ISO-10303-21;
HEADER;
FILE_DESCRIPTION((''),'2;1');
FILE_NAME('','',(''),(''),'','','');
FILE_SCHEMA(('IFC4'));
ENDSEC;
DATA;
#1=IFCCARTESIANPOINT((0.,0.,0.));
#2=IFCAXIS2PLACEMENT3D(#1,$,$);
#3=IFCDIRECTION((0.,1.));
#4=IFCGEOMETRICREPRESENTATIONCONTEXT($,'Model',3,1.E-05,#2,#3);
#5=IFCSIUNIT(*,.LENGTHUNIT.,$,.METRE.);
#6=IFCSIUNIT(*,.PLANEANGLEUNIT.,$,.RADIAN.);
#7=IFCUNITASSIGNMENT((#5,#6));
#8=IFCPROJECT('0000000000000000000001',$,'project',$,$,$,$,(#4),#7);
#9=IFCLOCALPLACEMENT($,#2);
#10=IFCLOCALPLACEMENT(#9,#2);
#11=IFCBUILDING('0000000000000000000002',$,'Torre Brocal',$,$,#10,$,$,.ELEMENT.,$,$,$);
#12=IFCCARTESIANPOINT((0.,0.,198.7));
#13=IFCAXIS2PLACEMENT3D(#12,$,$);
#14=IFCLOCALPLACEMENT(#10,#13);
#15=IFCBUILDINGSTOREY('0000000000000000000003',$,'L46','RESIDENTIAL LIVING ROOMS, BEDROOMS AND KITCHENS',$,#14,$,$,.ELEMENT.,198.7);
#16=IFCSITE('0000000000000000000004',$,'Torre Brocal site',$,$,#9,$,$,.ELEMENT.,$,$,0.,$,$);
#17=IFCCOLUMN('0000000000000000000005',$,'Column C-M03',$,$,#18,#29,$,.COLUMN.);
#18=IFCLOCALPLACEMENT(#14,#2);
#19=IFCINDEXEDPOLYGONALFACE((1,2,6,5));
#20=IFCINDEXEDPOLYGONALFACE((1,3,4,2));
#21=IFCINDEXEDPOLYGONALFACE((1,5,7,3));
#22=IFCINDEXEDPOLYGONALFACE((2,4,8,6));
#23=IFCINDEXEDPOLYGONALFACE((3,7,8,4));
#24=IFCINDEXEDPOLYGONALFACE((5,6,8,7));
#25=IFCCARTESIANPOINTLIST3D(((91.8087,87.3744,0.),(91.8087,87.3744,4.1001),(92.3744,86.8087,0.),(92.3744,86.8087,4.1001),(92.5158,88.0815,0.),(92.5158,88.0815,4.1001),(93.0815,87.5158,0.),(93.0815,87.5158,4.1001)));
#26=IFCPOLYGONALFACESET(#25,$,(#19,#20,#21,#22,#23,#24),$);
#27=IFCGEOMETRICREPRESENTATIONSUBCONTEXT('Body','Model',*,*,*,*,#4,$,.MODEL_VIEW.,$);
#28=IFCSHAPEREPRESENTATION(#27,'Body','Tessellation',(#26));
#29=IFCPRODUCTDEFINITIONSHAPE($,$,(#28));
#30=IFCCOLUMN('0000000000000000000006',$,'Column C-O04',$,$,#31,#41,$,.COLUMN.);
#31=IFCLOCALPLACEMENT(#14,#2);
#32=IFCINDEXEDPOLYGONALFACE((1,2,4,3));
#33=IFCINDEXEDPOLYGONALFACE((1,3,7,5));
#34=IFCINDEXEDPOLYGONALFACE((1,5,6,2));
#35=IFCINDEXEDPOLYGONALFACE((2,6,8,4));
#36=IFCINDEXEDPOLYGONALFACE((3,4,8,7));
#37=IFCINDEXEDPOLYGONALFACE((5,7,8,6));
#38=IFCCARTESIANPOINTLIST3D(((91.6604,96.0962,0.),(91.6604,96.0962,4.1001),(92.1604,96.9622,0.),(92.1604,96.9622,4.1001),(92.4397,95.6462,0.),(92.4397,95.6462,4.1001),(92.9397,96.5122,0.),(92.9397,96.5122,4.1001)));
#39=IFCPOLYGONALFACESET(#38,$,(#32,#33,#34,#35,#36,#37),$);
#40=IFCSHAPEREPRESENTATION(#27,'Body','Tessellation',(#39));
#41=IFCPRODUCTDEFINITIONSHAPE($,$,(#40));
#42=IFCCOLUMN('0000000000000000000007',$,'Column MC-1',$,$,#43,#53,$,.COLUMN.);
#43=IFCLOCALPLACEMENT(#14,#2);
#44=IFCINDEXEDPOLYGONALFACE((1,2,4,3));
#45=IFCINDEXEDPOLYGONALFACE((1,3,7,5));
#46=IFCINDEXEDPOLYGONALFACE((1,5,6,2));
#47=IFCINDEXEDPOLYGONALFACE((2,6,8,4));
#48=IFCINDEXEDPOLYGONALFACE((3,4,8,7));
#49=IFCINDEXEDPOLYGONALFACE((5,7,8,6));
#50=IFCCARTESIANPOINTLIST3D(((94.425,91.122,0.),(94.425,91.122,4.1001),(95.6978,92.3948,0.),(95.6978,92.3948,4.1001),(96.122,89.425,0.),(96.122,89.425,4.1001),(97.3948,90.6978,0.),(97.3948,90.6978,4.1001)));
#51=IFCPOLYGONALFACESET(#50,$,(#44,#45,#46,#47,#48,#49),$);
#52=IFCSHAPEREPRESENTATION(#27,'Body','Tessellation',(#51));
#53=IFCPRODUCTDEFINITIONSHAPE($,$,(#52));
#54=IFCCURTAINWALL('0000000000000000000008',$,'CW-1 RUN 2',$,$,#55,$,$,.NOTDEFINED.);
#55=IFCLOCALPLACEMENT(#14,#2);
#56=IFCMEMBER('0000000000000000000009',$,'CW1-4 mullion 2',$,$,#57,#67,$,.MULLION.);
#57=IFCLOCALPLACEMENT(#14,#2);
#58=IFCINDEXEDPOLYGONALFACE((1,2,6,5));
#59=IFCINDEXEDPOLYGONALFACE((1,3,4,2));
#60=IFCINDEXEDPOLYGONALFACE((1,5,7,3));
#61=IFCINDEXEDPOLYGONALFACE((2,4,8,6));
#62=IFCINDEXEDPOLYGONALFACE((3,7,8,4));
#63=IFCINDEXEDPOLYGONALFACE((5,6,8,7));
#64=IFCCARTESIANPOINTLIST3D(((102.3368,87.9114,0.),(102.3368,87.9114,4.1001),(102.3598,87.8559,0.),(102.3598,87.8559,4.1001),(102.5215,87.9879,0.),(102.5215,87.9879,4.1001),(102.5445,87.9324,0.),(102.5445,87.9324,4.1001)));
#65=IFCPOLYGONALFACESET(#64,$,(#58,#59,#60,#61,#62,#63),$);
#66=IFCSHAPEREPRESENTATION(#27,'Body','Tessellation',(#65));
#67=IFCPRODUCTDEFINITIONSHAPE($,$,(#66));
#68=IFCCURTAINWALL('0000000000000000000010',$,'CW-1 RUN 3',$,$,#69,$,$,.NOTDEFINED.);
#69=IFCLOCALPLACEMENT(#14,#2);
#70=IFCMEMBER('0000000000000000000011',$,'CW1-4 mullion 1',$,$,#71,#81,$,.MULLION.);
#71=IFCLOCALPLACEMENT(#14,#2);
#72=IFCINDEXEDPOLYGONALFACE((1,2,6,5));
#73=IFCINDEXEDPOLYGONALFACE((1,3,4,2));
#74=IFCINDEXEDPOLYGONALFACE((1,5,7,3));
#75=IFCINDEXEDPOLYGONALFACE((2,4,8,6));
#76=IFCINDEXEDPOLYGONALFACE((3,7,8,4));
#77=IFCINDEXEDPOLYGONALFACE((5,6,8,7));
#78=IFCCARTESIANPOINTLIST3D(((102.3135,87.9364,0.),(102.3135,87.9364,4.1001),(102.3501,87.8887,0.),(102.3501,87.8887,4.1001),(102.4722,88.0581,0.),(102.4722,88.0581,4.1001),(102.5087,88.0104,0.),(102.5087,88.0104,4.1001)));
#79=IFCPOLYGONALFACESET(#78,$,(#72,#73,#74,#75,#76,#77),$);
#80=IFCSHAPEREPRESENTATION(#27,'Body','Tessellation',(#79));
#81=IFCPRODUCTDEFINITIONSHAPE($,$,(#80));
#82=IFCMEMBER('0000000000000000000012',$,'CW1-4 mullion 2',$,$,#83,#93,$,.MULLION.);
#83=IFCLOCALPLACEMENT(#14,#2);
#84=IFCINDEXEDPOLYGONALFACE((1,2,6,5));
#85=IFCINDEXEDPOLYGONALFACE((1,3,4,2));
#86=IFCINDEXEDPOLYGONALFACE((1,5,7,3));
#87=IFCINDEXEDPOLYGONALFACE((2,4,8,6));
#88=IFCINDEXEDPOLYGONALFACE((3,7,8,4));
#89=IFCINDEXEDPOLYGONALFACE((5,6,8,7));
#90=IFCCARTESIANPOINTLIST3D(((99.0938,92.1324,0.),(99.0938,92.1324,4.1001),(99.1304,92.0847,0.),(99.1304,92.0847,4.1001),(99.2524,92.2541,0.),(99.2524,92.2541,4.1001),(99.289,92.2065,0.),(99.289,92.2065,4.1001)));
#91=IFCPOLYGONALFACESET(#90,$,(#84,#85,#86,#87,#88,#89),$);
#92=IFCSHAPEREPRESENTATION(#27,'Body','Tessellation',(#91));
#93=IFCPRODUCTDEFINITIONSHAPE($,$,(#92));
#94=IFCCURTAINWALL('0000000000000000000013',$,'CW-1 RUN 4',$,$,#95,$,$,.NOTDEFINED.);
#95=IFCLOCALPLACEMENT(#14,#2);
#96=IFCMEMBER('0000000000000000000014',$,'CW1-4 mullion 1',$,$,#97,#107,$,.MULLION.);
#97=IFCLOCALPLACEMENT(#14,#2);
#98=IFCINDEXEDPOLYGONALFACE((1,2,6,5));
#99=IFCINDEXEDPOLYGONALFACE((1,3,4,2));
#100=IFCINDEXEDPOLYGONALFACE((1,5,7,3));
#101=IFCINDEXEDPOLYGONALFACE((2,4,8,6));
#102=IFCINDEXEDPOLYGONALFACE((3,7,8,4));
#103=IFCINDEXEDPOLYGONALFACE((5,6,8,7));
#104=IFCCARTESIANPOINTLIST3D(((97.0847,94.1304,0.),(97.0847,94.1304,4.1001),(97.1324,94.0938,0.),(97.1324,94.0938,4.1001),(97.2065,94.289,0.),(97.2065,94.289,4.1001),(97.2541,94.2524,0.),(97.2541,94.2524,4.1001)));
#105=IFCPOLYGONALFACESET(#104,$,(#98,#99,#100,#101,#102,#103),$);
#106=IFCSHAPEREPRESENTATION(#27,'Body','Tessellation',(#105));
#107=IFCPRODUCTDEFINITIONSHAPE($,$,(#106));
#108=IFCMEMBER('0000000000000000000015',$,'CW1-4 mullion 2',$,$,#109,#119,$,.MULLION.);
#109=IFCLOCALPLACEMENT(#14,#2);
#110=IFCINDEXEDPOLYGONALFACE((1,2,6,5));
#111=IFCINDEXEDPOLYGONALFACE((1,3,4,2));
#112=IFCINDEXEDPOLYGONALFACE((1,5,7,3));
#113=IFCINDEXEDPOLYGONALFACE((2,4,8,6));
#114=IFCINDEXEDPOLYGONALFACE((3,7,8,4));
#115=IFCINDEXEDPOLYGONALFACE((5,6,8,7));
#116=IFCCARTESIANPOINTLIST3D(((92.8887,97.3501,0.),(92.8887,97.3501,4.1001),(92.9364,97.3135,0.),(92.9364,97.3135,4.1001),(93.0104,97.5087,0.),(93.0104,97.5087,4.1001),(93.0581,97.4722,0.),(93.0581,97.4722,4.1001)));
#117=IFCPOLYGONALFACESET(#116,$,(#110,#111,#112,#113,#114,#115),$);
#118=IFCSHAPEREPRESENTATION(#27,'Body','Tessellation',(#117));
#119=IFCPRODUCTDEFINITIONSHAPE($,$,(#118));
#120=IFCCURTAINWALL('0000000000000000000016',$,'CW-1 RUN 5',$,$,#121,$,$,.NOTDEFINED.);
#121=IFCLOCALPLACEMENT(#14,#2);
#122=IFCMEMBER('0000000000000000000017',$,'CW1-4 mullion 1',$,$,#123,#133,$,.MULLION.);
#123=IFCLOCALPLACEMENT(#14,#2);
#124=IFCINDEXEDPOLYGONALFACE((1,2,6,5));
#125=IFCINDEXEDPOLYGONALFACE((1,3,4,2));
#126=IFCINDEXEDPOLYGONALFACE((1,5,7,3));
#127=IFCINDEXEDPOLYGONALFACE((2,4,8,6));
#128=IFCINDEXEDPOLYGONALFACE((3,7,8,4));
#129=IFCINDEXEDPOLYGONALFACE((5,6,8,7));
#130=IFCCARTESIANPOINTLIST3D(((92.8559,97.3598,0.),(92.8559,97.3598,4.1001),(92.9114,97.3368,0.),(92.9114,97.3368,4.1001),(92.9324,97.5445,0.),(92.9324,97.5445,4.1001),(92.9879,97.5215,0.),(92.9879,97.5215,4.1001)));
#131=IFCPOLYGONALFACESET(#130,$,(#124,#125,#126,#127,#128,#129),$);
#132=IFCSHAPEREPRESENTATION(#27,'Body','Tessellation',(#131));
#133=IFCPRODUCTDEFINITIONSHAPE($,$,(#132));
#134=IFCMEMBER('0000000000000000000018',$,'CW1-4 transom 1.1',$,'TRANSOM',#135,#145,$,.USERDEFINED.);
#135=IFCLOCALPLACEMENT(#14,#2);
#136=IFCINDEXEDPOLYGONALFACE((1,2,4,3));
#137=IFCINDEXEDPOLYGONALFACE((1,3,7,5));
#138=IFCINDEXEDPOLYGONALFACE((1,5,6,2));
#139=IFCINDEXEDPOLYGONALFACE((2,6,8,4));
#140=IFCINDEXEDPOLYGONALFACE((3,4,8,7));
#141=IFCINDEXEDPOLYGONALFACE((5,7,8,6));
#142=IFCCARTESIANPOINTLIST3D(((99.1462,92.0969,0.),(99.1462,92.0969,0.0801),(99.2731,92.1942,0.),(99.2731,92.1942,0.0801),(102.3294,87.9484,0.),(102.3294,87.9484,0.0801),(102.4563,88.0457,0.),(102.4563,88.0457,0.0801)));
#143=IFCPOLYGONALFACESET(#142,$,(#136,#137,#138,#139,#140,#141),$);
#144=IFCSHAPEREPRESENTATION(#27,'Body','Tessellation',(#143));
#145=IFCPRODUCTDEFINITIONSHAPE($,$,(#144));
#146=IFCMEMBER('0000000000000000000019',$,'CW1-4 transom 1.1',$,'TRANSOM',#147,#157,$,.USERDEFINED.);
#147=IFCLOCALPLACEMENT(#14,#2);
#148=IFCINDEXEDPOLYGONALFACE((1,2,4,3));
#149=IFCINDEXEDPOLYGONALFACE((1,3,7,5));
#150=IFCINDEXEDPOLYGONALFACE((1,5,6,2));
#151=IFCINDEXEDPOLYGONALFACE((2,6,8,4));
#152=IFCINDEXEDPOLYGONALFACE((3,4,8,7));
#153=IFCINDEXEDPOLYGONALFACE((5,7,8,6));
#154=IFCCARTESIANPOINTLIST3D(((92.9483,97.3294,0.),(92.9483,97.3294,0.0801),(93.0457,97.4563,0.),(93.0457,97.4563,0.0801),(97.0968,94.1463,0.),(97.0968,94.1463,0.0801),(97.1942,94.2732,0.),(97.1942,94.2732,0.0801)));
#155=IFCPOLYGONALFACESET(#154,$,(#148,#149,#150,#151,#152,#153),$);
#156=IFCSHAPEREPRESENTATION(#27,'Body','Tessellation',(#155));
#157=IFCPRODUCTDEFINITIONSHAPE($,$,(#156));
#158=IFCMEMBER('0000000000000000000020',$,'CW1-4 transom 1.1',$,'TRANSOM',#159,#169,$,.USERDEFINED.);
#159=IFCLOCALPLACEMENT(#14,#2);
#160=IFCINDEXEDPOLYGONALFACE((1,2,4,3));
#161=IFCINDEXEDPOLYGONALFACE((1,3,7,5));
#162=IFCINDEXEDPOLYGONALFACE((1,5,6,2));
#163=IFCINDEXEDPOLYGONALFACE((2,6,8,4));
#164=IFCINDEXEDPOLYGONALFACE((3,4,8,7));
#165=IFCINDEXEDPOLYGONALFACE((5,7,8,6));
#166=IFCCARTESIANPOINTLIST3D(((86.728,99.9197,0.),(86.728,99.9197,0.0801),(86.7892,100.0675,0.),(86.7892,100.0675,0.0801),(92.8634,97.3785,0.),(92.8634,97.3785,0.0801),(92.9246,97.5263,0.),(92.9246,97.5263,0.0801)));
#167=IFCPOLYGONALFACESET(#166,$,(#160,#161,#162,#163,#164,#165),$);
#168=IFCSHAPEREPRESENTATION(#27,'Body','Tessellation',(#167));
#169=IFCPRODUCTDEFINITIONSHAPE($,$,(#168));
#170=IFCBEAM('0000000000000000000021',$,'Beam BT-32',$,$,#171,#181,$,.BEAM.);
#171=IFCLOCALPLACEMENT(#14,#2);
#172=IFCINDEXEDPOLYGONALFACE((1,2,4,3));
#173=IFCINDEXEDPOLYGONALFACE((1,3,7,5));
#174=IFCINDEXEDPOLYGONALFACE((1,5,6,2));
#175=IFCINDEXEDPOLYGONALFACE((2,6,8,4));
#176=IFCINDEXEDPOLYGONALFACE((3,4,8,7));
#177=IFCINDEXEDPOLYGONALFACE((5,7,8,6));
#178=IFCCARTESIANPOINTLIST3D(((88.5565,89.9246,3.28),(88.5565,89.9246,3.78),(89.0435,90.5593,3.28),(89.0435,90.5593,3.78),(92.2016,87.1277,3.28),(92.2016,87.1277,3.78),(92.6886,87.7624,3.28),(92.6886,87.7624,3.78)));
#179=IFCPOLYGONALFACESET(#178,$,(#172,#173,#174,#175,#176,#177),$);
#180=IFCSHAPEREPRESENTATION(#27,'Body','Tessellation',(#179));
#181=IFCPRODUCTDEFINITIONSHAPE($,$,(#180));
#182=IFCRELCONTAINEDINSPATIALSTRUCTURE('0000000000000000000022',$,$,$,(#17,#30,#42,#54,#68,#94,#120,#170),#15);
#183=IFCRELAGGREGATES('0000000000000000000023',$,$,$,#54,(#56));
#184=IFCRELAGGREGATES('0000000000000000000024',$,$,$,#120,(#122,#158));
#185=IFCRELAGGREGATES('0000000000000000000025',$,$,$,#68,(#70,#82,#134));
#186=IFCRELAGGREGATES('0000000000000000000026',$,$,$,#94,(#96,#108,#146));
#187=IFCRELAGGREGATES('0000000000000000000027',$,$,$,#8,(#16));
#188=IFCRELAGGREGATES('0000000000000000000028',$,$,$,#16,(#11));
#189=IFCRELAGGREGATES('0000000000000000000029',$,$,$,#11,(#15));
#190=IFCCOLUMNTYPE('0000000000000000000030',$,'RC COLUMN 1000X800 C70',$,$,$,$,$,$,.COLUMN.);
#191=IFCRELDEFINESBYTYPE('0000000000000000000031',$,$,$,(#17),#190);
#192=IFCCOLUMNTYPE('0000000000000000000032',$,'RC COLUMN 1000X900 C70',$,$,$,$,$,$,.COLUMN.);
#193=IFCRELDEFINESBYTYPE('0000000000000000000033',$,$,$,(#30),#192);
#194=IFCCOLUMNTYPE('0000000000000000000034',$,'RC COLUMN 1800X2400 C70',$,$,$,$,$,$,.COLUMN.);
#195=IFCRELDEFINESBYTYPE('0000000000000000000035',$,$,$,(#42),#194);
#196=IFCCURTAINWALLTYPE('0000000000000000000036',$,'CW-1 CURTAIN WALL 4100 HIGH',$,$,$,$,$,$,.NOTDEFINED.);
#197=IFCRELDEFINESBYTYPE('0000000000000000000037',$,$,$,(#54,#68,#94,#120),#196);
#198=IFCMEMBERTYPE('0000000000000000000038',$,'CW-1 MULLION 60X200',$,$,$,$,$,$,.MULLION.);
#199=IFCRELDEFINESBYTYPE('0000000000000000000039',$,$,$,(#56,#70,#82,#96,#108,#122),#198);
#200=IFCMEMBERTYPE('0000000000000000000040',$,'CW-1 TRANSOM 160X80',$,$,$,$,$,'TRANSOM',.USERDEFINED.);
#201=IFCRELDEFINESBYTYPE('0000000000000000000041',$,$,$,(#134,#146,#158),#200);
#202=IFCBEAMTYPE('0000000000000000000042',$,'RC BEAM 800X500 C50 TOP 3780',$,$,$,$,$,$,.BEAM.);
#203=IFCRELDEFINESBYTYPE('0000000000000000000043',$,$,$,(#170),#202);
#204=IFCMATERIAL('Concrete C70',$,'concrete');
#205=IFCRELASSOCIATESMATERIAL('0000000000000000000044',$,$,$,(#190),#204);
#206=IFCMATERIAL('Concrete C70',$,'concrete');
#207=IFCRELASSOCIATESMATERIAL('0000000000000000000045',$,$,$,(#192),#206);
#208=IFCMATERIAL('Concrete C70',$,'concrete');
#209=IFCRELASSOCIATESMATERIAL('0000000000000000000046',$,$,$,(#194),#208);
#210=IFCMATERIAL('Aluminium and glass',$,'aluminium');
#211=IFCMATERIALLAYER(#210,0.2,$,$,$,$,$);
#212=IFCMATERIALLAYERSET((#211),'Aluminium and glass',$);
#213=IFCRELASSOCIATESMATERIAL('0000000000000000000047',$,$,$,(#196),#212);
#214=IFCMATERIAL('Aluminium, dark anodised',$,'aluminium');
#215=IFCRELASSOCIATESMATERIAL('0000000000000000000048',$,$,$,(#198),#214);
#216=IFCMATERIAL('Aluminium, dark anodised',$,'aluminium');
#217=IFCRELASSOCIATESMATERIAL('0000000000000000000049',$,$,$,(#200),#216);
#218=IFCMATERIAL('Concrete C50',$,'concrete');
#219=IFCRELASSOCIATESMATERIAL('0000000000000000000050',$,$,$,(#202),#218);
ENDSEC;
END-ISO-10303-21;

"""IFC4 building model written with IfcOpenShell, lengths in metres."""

from ifc_helpers import new_model, si_unit, direction, frame, origin, origin_2d, place, context, subcontext, project, spatial, rectangle, extrude, material, layer, layer_set, material_profile, profile_set, type_object, element, aggregate, save


model = new_model("IFC4")

# Units and contexts
model_context = context("Model", 3, precision=1e-05, world=origin(), true_north=direction((0.0, 1.0)))
body_context = subcontext(model_context, "Body", "Model", "MODEL_VIEW")
ifc_project = project(units=[si_unit("LENGTHUNIT", "METRE"), si_unit("PLANEANGLEUNIT", "RADIAN")], contexts=[model_context])

# Site, building, storey
site_placement = place(None, origin())
site = spatial("IfcSite", under=ifc_project, at=site_placement, Name="Torre Brocal site", CompositionType="ELEMENT", RefElevation=0.0)
building_placement = place(site_placement, origin())
building = spatial("IfcBuilding", under=site, at=building_placement, Name="Torre Brocal", CompositionType="ELEMENT")
storey_placement = place(building_placement, frame((0.0, 0.0, 198.7)))
storey = spatial("IfcBuildingStorey", under=building, at=storey_placement, Name="L46", Description="RESIDENTIAL LIVING ROOMS, BEDROOMS AND KITCHENS", CompositionType="ELEMENT", Elevation=198.7)

# Columns
ifc_material_1 = material(Name="Concrete C70", Category="concrete")
ifc_material_profile_1 = material_profile(ifc_material_1, rectangle(XDim=1.0, YDim=0.8, at=origin_2d()), Name="RC 1000X800")
ifc_profile_set_1 = profile_set([ifc_material_profile_1], Name="Concrete C70")
column_type_1 = type_object("IfcColumnType", Name="RC COLUMN 1000X800 C70", PredefinedType="COLUMN", material=ifc_profile_set_1)
column_1_placement = place(storey_placement, frame((92.4451, 87.4451, 0.0), z_axis=(0.0, 0.0, 1.0), x_axis=(0.707107, 0.707107, 0.0)))
element("IfcColumn", 1, at=column_1_placement, inside=storey, type_object=column_type_1, Name="Column C-M03", PredefinedType="COLUMN", context=body_context, shape_type="SweptSolid", body=[
    extrude(rectangle(XDim=1.0, YDim=0.8, at=origin_2d()), origin(), (0.0, 0.0, 1.0), 4.1001),
])
ifc_material_2 = material(Name="Concrete C70", Category="concrete")
ifc_material_profile_2 = material_profile(ifc_material_2, rectangle(XDim=1.0, YDim=0.8999, at=origin_2d()), Name="RC 1000X900")
ifc_profile_set_2 = profile_set([ifc_material_profile_2], Name="Concrete C70")
column_type_2 = type_object("IfcColumnType", Name="RC COLUMN 1000X900 C70", PredefinedType="COLUMN", material=ifc_profile_set_2)
column_2_placement = place(storey_placement, frame((92.3, 96.3042, 0.0), z_axis=(0.0, 0.0, 1.0), x_axis=(0.5, 0.866025, 0.0)))
element("IfcColumn", 2, at=column_2_placement, inside=storey, type_object=column_type_2, Name="Column C-O04", PredefinedType="COLUMN", context=body_context, shape_type="SweptSolid", body=[
    extrude(rectangle(XDim=1.0, YDim=0.8999, at=origin_2d()), origin(), (0.0, 0.0, 1.0), 4.1001),
])
ifc_material_3 = material(Name="Concrete C70", Category="concrete")
ifc_material_profile_3 = material_profile(ifc_material_3, rectangle(XDim=1.8, YDim=2.3999, at=origin_2d()), Name="RC 1800X2400")
ifc_profile_set_3 = profile_set([ifc_material_profile_3], Name="Concrete C70")
column_type_3 = type_object("IfcColumnType", Name="RC COLUMN 1800X2400 C70", PredefinedType="COLUMN", material=ifc_profile_set_3)
column_3_placement = place(storey_placement, frame((95.9099, 90.9099, 0.0), z_axis=(0.0, 0.0, 1.0), x_axis=(0.707107, 0.707107, 0.0)))
element("IfcColumn", 3, at=column_3_placement, inside=storey, type_object=column_type_3, Name="Column MC-1", PredefinedType="COLUMN", context=body_context, shape_type="SweptSolid", body=[
    extrude(rectangle(XDim=1.8, YDim=2.3999, at=origin_2d()), origin(), (0.0, 0.0, 1.0), 4.1001),
])

# Curtain wall, member
ifc_material_4 = material(Name="Aluminium and glass", Category="aluminium")
ifc_layer_1 = layer(ifc_material_4, 0.2)
ifc_layer_set_1 = layer_set([ifc_layer_1], Name="Aluminium and glass")
curtain_wall_type = type_object("IfcCurtainWallType", Name="CW-1 CURTAIN WALL 4100 HIGH", PredefinedType="NOTDEFINED", material=ifc_layer_set_1)
curtain_wall_1_placement = place(storey_placement, origin())
curtain_wall_1 = element("IfcCurtainWall", 4, at=curtain_wall_1_placement, inside=storey, type_object=curtain_wall_type, Name="CW-1 RUN 2", PredefinedType="NOTDEFINED")
ifc_material_5 = material(Name="Aluminium, dark anodised", Category="aluminium")
ifc_material_profile_4 = material_profile(ifc_material_5, rectangle(XDim=0.2, YDim=0.0601, at=origin_2d()), Name="CW-1 MULLION 60X200")
ifc_profile_set_4 = profile_set([ifc_material_profile_4], Name="Aluminium, dark anodised")
member_type_1 = type_object("IfcMemberType", Name="CW-1 MULLION 60X200", PredefinedType="MULLION", material=ifc_profile_set_4)
member_1_placement = place(storey_placement, frame((102.4407, 87.9219, 0.0), z_axis=(0.0, 0.0, 1.0), x_axis=(-0.92388, -0.382683, 0.0)))
member_1 = element("IfcMember", 5, at=member_1_placement, type_object=member_type_1, Name="CW1-4 mullion 2", PredefinedType="MULLION", context=body_context, shape_type="SweptSolid", body=[
    extrude(rectangle(XDim=0.2, YDim=0.0601, at=origin_2d()), origin(), (0.0, 0.0, 1.0), 4.1001),
])
aggregate(curtain_wall_1, [member_1])

# Curtain walls, members
curtain_wall_2_placement = place(storey_placement, origin())
curtain_wall_2 = element("IfcCurtainWall", 6, at=curtain_wall_2_placement, inside=storey, type_object=curtain_wall_type, Name="CW-1 RUN 3", PredefinedType="NOTDEFINED")
member_2_placement = place(storey_placement, frame((102.4111, 87.9734, 0.0), z_axis=(0.0, 0.0, 1.0), x_axis=(-0.793353, -0.608761, 0.0)))
member_2 = element("IfcMember", 7, at=member_2_placement, type_object=member_type_1, Name="CW1-4 mullion 1", PredefinedType="MULLION", context=body_context, shape_type="SweptSolid", body=[
    extrude(rectangle(XDim=0.2, YDim=0.0601, at=origin_2d()), origin(), (0.0, 0.0, 1.0), 4.1001),
])
member_3_placement = place(storey_placement, frame((99.1914, 92.1694, 0.0), z_axis=(0.0, 0.0, 1.0), x_axis=(-0.793353, -0.608761, 0.0)))
member_3 = element("IfcMember", 8, at=member_3_placement, type_object=member_type_1, Name="CW1-4 mullion 2", PredefinedType="MULLION", context=body_context, shape_type="SweptSolid", body=[
    extrude(rectangle(XDim=0.2, YDim=0.0601, at=origin_2d()), origin(), (0.0, 0.0, 1.0), 4.1001),
])
curtain_wall_3_placement = place(storey_placement, origin())
curtain_wall_3 = element("IfcCurtainWall", 9, at=curtain_wall_3_placement, inside=storey, type_object=curtain_wall_type, Name="CW-1 RUN 4", PredefinedType="NOTDEFINED")
member_4_placement = place(storey_placement, frame((97.1694, 94.1914, 0.0), z_axis=(0.0, 0.0, 1.0), x_axis=(-0.608761, -0.793353, 0.0)))
member_4 = element("IfcMember", 10, at=member_4_placement, type_object=member_type_1, Name="CW1-4 mullion 1", PredefinedType="MULLION", context=body_context, shape_type="SweptSolid", body=[
    extrude(rectangle(XDim=0.2, YDim=0.0601, at=origin_2d()), origin(), (0.0, 0.0, 1.0), 4.1001),
])
member_5_placement = place(storey_placement, frame((92.9734, 97.4111, 0.0), z_axis=(0.0, 0.0, 1.0), x_axis=(-0.608761, -0.793353, 0.0)))
member_5 = element("IfcMember", 11, at=member_5_placement, type_object=member_type_1, Name="CW1-4 mullion 2", PredefinedType="MULLION", context=body_context, shape_type="SweptSolid", body=[
    extrude(rectangle(XDim=0.2, YDim=0.0601, at=origin_2d()), origin(), (0.0, 0.0, 1.0), 4.1001),
])

# Curtain wall, member
curtain_wall_4_placement = place(storey_placement, origin())
curtain_wall_4 = element("IfcCurtainWall", 12, at=curtain_wall_4_placement, inside=storey, type_object=curtain_wall_type, Name="CW-1 RUN 5", PredefinedType="NOTDEFINED")
member_6_placement = place(storey_placement, frame((92.9219, 97.4407, 0.0), z_axis=(0.0, 0.0, 1.0), x_axis=(-0.382683, -0.92388, 0.0)))
member_6 = element("IfcMember", 13, at=member_6_placement, type_object=member_type_1, Name="CW1-4 mullion 1", PredefinedType="MULLION", context=body_context, shape_type="SweptSolid", body=[
    extrude(rectangle(XDim=0.2, YDim=0.0601, at=origin_2d()), origin(), (0.0, 0.0, 1.0), 4.1001),
])

# Members
ifc_material_6 = material(Name="Aluminium, dark anodised", Category="aluminium")
ifc_material_profile_5 = material_profile(ifc_material_6, rectangle(XDim=0.1599, YDim=0.0801, at=origin_2d()), Name="CW-1 TRANSOM 160X80")
ifc_profile_set_5 = profile_set([ifc_material_profile_5], Name="Aluminium, dark anodised")
member_type_2 = type_object("IfcMemberType", Name="CW-1 TRANSOM 160X80", ElementType="TRANSOM", PredefinedType="USERDEFINED", material=ifc_profile_set_5)
member_7_placement = place(storey_placement, frame((102.3928, 87.9971, 0.04), z_axis=(-0.608749, 0.793363, 0.0), x_axis=(-0.793363, -0.608749, 0.0)))
member_7 = element("IfcMember", 14, at=member_7_placement, type_object=member_type_2, Name="CW1-4 transom 1.1", ObjectType="TRANSOM", PredefinedType="USERDEFINED", context=body_context, shape_type="SweptSolid", body=[
    extrude(rectangle(XDim=0.1599, YDim=0.0801, at=origin_2d()), origin(), (0.0, 0.0, 1.0), 5.229),
])
member_8_placement = place(storey_placement, frame((97.1455, 94.2097, 0.04), z_axis=(-0.793363, 0.608749, 0.0), x_axis=(-0.608749, -0.793363, 0.0)))
member_8 = element("IfcMember", 15, at=member_8_placement, type_object=member_type_2, Name="CW1-4 transom 1.1", ObjectType="TRANSOM", PredefinedType="USERDEFINED", context=body_context, shape_type="SweptSolid", body=[
    extrude(rectangle(XDim=0.1599, YDim=0.0801, at=origin_2d()), origin(), (0.0, 0.0, 1.0), 5.229),
])
member_9_placement = place(storey_placement, frame((92.894, 97.4524, 0.04), z_axis=(-0.923887, 0.382665, 0.0), x_axis=(-0.382665, -0.923887, 0.0)))
member_9 = element("IfcMember", 16, at=member_9_placement, type_object=member_type_2, Name="CW1-4 transom 1.1", ObjectType="TRANSOM", PredefinedType="USERDEFINED", context=body_context, shape_type="SweptSolid", body=[
    extrude(rectangle(XDim=0.1599, YDim=0.0801, at=origin_2d()), origin(), (0.0, 0.0, 1.0), 6.6409),
])
aggregate(curtain_wall_4, [member_6, member_9])

# Beam
ifc_material_7 = material(Name="Concrete C50", Category="concrete")
ifc_material_profile_6 = material_profile(ifc_material_7, rectangle(XDim=0.8, YDim=0.5, at=origin_2d()), Name="RC 800X500")
ifc_profile_set_6 = profile_set([ifc_material_profile_6], Name="Concrete C50")
beam_type_1 = type_object("IfcBeamType", Name="RC BEAM 800X500 C50 TOP 3780", PredefinedType="BEAM", material=ifc_profile_set_6)
beam_1_placement = place(storey_placement, frame((92.4451, 87.4451, 3.53), z_axis=(-0.793358, 0.608755, 0.0), x_axis=(-0.608755, -0.793358, 0.0)))
element("IfcBeam", 17, at=beam_1_placement, inside=storey, type_object=beam_type_1, Name="Beam BT-32", PredefinedType="BEAM", context=body_context, shape_type="SweptSolid", body=[
    extrude(rectangle(XDim=0.8, YDim=0.5, at=origin_2d()), origin(), (0.0, 0.0, 1.0), 4.5945),
])

aggregate(curtain_wall_2, [member_2, member_3, member_7])
aggregate(curtain_wall_3, [member_4, member_5, member_8])

save(model, "model.ifc")
